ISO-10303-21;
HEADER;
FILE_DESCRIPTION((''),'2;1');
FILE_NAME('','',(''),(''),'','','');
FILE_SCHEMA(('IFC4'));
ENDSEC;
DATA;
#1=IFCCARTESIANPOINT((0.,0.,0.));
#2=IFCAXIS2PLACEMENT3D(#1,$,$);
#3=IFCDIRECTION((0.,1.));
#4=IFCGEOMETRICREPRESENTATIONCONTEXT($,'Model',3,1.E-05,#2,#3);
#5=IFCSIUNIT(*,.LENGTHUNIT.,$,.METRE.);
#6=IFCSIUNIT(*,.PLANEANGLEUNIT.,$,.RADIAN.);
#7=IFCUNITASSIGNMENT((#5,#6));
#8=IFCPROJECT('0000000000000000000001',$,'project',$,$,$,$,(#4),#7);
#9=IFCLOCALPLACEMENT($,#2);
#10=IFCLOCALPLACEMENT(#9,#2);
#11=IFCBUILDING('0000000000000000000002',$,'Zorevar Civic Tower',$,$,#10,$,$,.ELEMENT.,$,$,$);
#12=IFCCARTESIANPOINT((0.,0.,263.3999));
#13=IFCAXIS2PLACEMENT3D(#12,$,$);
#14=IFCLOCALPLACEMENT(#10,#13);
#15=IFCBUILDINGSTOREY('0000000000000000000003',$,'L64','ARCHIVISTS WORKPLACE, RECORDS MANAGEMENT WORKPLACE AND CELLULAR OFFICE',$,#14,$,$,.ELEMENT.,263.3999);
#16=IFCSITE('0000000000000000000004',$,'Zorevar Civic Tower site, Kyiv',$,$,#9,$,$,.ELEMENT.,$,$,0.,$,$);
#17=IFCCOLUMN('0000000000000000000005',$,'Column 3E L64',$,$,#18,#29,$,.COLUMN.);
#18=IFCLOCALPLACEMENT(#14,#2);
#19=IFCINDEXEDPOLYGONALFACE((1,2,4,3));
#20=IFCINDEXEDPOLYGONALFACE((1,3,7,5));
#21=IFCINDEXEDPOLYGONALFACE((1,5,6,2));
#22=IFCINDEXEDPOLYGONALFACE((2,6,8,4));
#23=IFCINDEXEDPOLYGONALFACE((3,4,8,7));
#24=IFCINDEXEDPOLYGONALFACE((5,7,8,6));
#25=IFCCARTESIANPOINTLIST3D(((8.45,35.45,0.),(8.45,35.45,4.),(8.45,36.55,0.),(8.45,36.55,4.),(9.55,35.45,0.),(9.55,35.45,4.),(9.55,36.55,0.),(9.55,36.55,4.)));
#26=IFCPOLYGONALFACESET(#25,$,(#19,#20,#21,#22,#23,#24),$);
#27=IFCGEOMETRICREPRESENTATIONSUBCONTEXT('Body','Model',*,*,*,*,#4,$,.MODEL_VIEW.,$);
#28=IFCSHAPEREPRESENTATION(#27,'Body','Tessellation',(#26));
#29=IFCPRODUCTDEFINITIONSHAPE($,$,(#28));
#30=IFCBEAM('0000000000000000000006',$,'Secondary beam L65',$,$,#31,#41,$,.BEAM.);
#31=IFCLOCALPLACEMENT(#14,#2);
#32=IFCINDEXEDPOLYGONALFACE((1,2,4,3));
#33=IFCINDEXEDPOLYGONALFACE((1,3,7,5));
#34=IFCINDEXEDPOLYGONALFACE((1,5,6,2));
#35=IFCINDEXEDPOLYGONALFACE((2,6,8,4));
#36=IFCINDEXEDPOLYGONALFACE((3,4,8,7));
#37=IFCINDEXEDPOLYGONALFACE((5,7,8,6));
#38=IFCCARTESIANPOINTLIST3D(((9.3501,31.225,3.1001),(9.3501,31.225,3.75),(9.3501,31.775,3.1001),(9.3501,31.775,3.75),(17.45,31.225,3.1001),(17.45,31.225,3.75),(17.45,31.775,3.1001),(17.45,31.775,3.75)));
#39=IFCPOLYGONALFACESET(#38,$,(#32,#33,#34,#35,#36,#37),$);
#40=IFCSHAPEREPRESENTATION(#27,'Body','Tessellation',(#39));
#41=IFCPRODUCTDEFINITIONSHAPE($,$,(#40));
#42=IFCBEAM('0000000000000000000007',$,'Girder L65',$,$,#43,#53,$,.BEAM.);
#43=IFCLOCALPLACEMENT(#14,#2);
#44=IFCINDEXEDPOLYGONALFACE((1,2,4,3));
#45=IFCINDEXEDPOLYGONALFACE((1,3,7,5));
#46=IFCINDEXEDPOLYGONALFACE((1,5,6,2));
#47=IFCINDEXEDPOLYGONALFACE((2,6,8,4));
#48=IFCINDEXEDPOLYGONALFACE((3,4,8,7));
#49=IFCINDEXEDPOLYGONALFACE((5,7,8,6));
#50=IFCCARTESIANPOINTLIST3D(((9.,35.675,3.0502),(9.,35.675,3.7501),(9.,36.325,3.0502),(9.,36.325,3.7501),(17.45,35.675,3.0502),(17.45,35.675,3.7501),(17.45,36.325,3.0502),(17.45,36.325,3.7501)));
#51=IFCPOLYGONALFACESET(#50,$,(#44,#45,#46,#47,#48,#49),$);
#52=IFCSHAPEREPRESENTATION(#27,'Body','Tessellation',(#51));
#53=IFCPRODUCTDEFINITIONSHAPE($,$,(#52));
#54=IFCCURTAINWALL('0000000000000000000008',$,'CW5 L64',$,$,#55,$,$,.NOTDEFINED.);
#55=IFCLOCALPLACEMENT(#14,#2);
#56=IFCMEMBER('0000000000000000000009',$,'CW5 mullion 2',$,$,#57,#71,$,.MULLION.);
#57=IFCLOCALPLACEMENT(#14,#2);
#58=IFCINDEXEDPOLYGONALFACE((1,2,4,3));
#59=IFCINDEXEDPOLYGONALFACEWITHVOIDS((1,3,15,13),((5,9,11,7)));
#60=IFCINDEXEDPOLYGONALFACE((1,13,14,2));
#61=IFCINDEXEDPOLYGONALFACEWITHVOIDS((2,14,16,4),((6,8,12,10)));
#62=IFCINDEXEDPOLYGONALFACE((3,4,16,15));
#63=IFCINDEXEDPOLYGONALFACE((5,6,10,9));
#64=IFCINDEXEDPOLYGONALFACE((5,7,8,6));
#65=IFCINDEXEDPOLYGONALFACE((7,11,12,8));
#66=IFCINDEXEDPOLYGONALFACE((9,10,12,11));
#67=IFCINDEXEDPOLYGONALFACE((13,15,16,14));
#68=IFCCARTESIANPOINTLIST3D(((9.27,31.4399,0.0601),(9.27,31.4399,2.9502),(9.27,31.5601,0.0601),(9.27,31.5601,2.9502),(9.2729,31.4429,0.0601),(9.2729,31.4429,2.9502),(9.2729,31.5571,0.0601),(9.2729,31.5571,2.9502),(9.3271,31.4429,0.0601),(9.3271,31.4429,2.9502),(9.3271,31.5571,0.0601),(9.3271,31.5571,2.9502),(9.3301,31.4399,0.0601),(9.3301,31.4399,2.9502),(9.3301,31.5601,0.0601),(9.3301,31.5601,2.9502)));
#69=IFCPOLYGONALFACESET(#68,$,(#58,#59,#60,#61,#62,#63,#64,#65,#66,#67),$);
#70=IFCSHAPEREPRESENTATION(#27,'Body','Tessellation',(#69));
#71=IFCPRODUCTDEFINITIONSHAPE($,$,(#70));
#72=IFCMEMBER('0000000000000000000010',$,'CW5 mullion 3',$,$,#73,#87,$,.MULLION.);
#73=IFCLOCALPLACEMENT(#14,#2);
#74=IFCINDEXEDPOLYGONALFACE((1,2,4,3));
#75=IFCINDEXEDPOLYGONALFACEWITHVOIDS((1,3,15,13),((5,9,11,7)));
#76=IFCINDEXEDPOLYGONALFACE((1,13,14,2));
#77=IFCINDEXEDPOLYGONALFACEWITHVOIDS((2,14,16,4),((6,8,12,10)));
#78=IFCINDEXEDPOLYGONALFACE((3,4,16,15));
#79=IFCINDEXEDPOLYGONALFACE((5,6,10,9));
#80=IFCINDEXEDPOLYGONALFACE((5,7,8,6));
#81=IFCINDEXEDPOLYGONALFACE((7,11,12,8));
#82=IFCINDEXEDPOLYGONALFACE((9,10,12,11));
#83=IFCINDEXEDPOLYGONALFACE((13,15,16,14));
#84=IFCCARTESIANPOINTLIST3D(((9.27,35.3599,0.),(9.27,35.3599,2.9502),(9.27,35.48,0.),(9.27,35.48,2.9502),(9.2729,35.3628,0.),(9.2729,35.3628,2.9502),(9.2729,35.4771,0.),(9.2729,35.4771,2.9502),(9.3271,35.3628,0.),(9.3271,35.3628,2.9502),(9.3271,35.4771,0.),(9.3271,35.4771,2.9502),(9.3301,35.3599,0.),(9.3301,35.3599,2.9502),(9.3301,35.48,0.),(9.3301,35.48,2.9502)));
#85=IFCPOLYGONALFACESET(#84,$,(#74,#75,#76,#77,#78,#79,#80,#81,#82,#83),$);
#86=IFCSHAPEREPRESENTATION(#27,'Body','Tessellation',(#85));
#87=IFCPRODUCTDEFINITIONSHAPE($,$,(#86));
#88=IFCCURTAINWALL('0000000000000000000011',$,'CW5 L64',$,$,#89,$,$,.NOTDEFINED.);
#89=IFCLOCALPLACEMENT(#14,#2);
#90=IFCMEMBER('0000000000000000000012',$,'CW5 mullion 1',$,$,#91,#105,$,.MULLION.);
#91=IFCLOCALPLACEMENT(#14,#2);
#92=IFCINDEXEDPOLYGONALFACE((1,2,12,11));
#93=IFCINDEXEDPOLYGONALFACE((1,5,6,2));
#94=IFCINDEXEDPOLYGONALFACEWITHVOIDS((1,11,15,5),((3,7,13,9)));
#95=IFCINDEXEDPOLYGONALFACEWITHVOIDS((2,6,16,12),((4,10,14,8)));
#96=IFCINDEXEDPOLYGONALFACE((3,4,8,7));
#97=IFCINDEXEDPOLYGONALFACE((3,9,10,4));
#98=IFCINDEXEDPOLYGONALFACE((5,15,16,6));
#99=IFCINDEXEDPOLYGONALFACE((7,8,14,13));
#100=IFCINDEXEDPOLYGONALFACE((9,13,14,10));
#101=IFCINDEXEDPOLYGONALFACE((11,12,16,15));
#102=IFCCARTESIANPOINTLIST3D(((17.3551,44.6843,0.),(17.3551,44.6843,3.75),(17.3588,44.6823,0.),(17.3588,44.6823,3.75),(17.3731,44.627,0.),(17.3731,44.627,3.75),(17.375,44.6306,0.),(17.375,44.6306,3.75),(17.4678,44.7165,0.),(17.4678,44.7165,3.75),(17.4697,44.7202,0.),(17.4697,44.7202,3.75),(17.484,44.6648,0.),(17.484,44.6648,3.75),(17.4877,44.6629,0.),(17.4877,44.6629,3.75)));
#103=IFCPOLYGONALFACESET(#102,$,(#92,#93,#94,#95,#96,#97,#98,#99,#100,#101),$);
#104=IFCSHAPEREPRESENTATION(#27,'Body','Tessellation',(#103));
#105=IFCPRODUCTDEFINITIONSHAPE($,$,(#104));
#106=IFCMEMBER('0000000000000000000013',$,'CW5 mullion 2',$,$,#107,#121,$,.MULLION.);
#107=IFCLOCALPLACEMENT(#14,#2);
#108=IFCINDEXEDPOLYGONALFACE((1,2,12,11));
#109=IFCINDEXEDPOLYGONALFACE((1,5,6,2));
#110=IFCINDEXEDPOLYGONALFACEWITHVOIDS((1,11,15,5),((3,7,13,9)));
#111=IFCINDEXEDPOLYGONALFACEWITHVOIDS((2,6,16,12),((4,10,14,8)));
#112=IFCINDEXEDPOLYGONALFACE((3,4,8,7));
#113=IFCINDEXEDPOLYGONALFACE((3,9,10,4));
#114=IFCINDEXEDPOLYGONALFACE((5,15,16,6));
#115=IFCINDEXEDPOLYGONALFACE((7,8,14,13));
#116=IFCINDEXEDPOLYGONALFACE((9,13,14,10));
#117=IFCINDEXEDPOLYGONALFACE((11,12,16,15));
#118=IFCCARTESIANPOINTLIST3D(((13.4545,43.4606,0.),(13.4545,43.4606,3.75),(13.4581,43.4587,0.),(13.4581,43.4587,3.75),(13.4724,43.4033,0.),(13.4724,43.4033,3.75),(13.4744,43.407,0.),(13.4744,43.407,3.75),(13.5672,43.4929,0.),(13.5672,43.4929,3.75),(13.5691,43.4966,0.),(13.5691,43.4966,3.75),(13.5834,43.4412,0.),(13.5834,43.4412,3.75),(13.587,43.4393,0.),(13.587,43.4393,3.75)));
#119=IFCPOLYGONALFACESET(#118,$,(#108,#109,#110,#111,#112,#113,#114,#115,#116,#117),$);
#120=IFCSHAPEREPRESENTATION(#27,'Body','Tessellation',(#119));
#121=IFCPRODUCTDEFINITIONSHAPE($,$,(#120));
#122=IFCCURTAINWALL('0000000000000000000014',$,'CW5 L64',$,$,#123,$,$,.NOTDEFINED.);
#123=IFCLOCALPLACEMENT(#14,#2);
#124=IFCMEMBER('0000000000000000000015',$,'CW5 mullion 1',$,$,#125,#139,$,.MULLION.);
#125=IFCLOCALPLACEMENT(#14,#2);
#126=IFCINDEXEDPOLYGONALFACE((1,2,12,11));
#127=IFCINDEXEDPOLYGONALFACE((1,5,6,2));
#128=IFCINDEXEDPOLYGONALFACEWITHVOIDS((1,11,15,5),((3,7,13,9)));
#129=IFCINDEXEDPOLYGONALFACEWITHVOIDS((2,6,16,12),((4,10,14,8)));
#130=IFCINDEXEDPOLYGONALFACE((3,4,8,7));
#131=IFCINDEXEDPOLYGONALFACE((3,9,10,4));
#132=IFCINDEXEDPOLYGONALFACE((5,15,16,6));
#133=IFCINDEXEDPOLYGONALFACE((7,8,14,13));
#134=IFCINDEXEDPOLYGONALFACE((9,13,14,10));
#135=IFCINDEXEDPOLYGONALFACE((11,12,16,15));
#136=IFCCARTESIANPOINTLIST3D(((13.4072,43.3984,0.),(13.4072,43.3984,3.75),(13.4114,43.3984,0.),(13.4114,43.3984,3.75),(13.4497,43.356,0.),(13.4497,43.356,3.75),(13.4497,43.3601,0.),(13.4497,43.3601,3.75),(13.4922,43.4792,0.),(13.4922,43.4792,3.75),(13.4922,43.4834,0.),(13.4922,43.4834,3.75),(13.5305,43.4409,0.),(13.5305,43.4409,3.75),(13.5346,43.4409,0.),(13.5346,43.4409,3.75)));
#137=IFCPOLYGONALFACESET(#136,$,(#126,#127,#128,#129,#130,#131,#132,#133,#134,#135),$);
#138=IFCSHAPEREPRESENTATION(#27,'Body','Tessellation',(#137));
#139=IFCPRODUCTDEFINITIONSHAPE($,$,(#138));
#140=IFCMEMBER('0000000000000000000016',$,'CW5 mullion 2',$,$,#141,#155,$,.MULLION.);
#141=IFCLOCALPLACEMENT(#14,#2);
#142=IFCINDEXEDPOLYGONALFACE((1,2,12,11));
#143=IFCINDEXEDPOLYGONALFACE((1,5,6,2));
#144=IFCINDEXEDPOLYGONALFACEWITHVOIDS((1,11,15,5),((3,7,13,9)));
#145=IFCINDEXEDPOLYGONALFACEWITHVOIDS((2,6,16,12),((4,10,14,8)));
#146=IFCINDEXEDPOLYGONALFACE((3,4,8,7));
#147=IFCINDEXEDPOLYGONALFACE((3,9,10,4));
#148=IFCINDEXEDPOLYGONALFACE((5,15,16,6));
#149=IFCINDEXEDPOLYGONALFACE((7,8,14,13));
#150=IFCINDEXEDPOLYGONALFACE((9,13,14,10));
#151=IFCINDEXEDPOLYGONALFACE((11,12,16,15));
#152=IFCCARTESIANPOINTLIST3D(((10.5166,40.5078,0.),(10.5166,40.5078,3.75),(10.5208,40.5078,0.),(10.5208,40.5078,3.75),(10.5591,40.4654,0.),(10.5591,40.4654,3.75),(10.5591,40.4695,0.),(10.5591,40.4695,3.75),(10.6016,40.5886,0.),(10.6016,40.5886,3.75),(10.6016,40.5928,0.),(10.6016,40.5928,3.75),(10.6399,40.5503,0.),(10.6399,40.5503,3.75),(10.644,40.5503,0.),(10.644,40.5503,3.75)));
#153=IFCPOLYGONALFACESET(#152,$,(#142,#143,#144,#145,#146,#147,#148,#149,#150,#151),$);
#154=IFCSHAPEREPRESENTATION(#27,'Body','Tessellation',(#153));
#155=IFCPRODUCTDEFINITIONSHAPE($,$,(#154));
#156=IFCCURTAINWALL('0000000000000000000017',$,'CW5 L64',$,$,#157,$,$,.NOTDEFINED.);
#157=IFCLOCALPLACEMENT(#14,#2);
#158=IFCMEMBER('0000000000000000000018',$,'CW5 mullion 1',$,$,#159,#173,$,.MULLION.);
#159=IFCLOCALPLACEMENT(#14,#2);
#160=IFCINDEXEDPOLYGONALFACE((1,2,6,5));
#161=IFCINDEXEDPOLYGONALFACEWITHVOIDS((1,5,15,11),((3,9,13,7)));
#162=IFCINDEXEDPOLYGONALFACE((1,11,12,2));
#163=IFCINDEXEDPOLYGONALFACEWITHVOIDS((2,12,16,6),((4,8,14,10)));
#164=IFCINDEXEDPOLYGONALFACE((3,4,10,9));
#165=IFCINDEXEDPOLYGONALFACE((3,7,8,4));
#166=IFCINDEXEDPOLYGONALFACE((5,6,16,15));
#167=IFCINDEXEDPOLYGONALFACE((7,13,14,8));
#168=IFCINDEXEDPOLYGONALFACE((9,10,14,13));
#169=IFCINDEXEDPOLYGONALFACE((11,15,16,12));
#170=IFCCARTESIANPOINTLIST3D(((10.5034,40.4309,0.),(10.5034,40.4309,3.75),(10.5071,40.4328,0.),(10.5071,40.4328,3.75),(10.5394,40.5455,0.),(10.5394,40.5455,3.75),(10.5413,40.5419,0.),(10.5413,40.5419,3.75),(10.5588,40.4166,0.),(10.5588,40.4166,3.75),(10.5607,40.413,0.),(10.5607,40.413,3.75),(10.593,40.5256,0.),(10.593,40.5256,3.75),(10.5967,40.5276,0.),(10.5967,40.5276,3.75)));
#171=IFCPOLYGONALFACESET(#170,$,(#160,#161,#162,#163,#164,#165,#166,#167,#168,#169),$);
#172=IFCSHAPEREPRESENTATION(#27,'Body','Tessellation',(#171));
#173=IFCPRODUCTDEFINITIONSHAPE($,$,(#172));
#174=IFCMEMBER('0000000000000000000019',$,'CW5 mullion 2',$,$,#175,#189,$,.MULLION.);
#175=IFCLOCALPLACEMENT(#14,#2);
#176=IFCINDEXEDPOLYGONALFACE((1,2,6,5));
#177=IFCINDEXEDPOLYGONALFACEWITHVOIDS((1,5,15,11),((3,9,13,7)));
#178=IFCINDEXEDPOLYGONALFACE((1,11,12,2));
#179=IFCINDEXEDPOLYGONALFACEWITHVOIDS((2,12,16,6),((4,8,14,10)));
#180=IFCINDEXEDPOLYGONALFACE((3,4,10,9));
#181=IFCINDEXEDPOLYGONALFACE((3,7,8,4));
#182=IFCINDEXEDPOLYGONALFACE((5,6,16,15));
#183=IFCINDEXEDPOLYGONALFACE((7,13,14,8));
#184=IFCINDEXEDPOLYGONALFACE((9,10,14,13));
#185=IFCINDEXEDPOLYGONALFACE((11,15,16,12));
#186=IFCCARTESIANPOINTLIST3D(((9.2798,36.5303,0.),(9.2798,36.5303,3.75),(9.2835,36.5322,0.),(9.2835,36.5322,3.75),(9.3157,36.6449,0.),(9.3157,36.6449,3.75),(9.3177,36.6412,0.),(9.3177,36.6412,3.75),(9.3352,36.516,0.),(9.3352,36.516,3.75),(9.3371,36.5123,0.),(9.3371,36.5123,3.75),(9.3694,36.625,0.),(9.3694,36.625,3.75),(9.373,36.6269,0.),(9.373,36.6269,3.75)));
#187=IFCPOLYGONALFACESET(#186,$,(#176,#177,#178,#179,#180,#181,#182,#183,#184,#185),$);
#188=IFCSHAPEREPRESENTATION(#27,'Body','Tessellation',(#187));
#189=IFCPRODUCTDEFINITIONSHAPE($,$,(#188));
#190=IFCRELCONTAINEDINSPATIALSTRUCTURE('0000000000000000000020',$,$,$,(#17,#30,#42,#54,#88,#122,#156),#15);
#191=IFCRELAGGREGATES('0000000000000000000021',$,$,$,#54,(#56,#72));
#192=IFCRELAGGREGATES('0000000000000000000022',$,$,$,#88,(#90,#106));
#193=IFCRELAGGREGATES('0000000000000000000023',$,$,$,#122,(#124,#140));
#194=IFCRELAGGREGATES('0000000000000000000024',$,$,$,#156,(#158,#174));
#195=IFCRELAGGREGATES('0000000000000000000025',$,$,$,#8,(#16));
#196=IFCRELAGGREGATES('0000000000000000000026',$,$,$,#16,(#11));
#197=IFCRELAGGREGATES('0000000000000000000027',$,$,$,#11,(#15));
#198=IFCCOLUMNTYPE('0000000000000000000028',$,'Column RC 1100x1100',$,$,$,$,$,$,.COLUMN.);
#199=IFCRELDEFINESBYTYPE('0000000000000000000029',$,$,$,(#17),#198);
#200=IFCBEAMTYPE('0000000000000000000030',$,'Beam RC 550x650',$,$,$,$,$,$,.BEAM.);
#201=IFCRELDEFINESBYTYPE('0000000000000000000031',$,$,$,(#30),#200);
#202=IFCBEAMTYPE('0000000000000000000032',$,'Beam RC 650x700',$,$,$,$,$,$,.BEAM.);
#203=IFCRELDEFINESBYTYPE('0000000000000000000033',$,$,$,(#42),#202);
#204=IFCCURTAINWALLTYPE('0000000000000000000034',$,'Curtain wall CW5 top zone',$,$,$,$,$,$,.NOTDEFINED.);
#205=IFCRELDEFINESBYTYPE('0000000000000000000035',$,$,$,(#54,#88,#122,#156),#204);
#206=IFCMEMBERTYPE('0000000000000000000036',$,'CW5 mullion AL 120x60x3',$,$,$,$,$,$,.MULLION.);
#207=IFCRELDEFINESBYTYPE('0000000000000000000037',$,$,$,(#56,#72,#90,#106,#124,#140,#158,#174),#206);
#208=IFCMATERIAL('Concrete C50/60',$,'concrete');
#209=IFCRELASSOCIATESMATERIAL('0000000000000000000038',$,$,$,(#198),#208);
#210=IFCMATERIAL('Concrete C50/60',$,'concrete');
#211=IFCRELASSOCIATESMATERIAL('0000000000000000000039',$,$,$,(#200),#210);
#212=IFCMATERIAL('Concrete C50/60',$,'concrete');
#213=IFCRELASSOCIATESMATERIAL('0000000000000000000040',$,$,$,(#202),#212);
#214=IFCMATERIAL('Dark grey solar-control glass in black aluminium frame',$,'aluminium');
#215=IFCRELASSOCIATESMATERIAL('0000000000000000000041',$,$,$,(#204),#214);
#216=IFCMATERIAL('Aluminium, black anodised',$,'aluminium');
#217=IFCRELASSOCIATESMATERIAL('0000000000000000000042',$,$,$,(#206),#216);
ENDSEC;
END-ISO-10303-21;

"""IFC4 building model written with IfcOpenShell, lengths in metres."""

from ifc_helpers import new_model, si_unit, direction, frame, origin, origin_2d, place, context, subcontext, project, spatial, rectangle, hollow_rectangle, extrude, material, material_profile, profile_set, type_object, element, aggregate, save


model = new_model("IFC4")

# Units and contexts
model_context = context("Model", 3, precision=1e-05, world=origin(), true_north=direction((0.0, 1.0)))
body_context = subcontext(model_context, "Body", "Model", "MODEL_VIEW")
ifc_project = project(units=[si_unit("LENGTHUNIT", "METRE"), si_unit("PLANEANGLEUNIT", "RADIAN")], contexts=[model_context])

# Site, building, storey
site_placement = place(None, origin())
site = spatial("IfcSite", under=ifc_project, at=site_placement, Name="Zorevar Civic Tower site, Kyiv", CompositionType="ELEMENT", RefElevation=0.0)
building_placement = place(site_placement, origin())
building = spatial("IfcBuilding", under=site, at=building_placement, Name="Zorevar Civic Tower", CompositionType="ELEMENT")
storey_placement = place(building_placement, frame((0.0, 0.0, 263.3999)))
storey = spatial("IfcBuildingStorey", under=building, at=storey_placement, Name="L64", Description="ARCHIVISTS WORKPLACE, RECORDS MANAGEMENT WORKPLACE AND CELLULAR OFFICE", CompositionType="ELEMENT", Elevation=263.3999)

# Column
ifc_material_1 = material(Name="Concrete C50/60", Category="concrete")
ifc_material_profile_1 = material_profile(ifc_material_1, rectangle(XDim=1.1001, YDim=1.1001, at=origin_2d()), Name="RC 1100x1100")
ifc_profile_set_1 = profile_set([ifc_material_profile_1], Name="Concrete C50/60")
column_type = type_object("IfcColumnType", Name="Column RC 1100x1100", PredefinedType="COLUMN", material=ifc_profile_set_1)
column_placement = place(storey_placement, frame((9.0, 36.0, 0.0), z_axis=(0.0, 0.0, 1.0), x_axis=(1.0, 0.0, 0.0)))
element("IfcColumn", 1, at=column_placement, inside=storey, type_object=column_type, Name="Column 3E L64", PredefinedType="COLUMN", context=body_context, shape_type="SweptSolid", body=[
    extrude(rectangle(XDim=1.1001, YDim=1.1001, at=origin_2d()), origin(), (0.0, 0.0, 1.0), 4.0),
])

# Beams
ifc_material_2 = material(Name="Concrete C50/60", Category="concrete")
ifc_material_profile_2 = material_profile(ifc_material_2, rectangle(XDim=0.55, YDim=0.6499, at=origin_2d()), Name="RC 550x650")
ifc_profile_set_2 = profile_set([ifc_material_profile_2], Name="Concrete C50/60")
beam_type_1 = type_object("IfcBeamType", Name="Beam RC 550x650", PredefinedType="BEAM", material=ifc_profile_set_2)
beam_1_placement = place(storey_placement, frame((9.3501, 31.5, 3.425), z_axis=(1.0, 0.0, 0.0), x_axis=(0.0, 1.0, 0.0)))
element("IfcBeam", 2, at=beam_1_placement, inside=storey, type_object=beam_type_1, Name="Secondary beam L65", PredefinedType="BEAM", context=body_context, shape_type="SweptSolid", body=[
    extrude(rectangle(XDim=0.55, YDim=0.6499, at=origin_2d()), origin(), (0.0, 0.0, 1.0), 8.0999),
])
ifc_material_3 = material(Name="Concrete C50/60", Category="concrete")
ifc_material_profile_3 = material_profile(ifc_material_3, rectangle(XDim=0.6499, YDim=0.7, at=origin_2d()), Name="RC 650x700")
ifc_profile_set_3 = profile_set([ifc_material_profile_3], Name="Concrete C50/60")
beam_type_2 = type_object("IfcBeamType", Name="Beam RC 650x700", PredefinedType="BEAM", material=ifc_profile_set_3)
beam_2_placement = place(storey_placement, frame((9.0, 36.0, 3.4001), z_axis=(1.0, 0.0, 0.0), x_axis=(0.0, 1.0, 0.0)))
element("IfcBeam", 3, at=beam_2_placement, inside=storey, type_object=beam_type_2, Name="Girder L65", PredefinedType="BEAM", context=body_context, shape_type="SweptSolid", body=[
    extrude(rectangle(XDim=0.6499, YDim=0.7, at=origin_2d()), origin(), (0.0, 0.0, 1.0), 8.45),
])

# Curtain walls, members
ifc_material_4 = material(Name="Dark grey solar-control glass in black aluminium frame", Category="aluminium")
curtain_wall_type = type_object("IfcCurtainWallType", Name="Curtain wall CW5 top zone", PredefinedType="NOTDEFINED", material=ifc_material_4)
curtain_wall_1_placement = place(storey_placement, origin())
curtain_wall_1 = element("IfcCurtainWall", 4, at=curtain_wall_1_placement, inside=storey, type_object=curtain_wall_type, Name="CW5 L64", PredefinedType="NOTDEFINED")
ifc_material_5 = material(Name="Aluminium, black anodised", Category="aluminium")
ifc_material_profile_4 = material_profile(ifc_material_5, hollow_rectangle(XDim=0.0601, YDim=0.1201, WallThickness=0.0029, at=origin_2d()), Name="AL 120x60x3")
ifc_profile_set_4 = profile_set([ifc_material_profile_4], Name="Aluminium, black anodised")
member_type_1 = type_object("IfcMemberType", Name="CW5 mullion AL 120x60x3", PredefinedType="MULLION", material=ifc_profile_set_4)
member_1_placement = place(storey_placement, frame((9.3, 31.5, 0.0601), z_axis=(0.0, 0.0, 1.0), x_axis=(-1.0, 0.0, 0.0)))
member_1 = element("IfcMember", 5, at=member_1_placement, type_object=member_type_1, Name="CW5 mullion 2", PredefinedType="MULLION", context=body_context, shape_type="SweptSolid", body=[
    extrude(hollow_rectangle(XDim=0.0601, YDim=0.1201, WallThickness=0.0029, at=origin_2d()), origin(), (0.0, 0.0, 1.0), 2.8901),
])
member_2_placement = place(storey_placement, frame((9.3, 35.4199, 0.0), z_axis=(0.0, 0.0, 1.0), x_axis=(-1.0, 0.0, 0.0)))
member_2 = element("IfcMember", 6, at=member_2_placement, type_object=member_type_1, Name="CW5 mullion 3", PredefinedType="MULLION", context=body_context, shape_type="SweptSolid", body=[
    extrude(hollow_rectangle(XDim=0.0601, YDim=0.1201, WallThickness=0.0029, at=origin_2d()), origin(), (0.0, 0.0, 1.0), 2.9502),
])
curtain_wall_2_placement = place(storey_placement, origin())
curtain_wall_2 = element("IfcCurtainWall", 7, at=curtain_wall_2_placement, inside=storey, type_object=curtain_wall_type, Name="CW5 L64", PredefinedType="NOTDEFINED")
member_3_placement = place(storey_placement, frame((17.4214, 44.6736, 0.0), z_axis=(0.0, 0.0, 1.0), x_axis=(0.299318, -0.954153, 0.0)))
member_3 = element("IfcMember", 8, at=member_3_placement, type_object=member_type_1, Name="CW5 mullion 1", PredefinedType="MULLION", context=body_context, shape_type="SweptSolid", body=[
    extrude(hollow_rectangle(XDim=0.0601, YDim=0.1201, WallThickness=0.0029, at=origin_2d()), origin(), (0.0, 0.0, 1.0), 3.75),
])
member_4_placement = place(storey_placement, frame((13.5208, 43.45, 0.0), z_axis=(0.0, 0.0, 1.0), x_axis=(0.299318, -0.954153, 0.0)))
member_4 = element("IfcMember", 9, at=member_4_placement, type_object=member_type_1, Name="CW5 mullion 2", PredefinedType="MULLION", context=body_context, shape_type="SweptSolid", body=[
    extrude(hollow_rectangle(XDim=0.0601, YDim=0.1201, WallThickness=0.0029, at=origin_2d()), origin(), (0.0, 0.0, 1.0), 3.75),
])
curtain_wall_3_placement = place(storey_placement, origin())
curtain_wall_3 = element("IfcCurtainWall", 10, at=curtain_wall_3_placement, inside=storey, type_object=curtain_wall_type, Name="CW5 L64", PredefinedType="NOTDEFINED")
member_5_placement = place(storey_placement, frame((13.4709, 43.4197, 0.0), z_axis=(0.0, 0.0, 1.0), x_axis=(0.707107, -0.707107, 0.0)))
member_5 = element("IfcMember", 11, at=member_5_placement, type_object=member_type_1, Name="CW5 mullion 1", PredefinedType="MULLION", context=body_context, shape_type="SweptSolid", body=[
    extrude(hollow_rectangle(XDim=0.0601, YDim=0.1201, WallThickness=0.0029, at=origin_2d()), origin(), (0.0, 0.0, 1.0), 3.75),
])
member_6_placement = place(storey_placement, frame((10.5803, 40.5291, 0.0), z_axis=(0.0, 0.0, 1.0), x_axis=(0.707107, -0.707107, 0.0)))
member_6 = element("IfcMember", 12, at=member_6_placement, type_object=member_type_1, Name="CW5 mullion 2", PredefinedType="MULLION", context=body_context, shape_type="SweptSolid", body=[
    extrude(hollow_rectangle(XDim=0.0601, YDim=0.1201, WallThickness=0.0029, at=origin_2d()), origin(), (0.0, 0.0, 1.0), 3.75),
])
curtain_wall_4_placement = place(storey_placement, origin())
curtain_wall_4 = element("IfcCurtainWall", 13, at=curtain_wall_4_placement, inside=storey, type_object=curtain_wall_type, Name="CW5 L64", PredefinedType="NOTDEFINED")
member_7_placement = place(storey_placement, frame((10.55, 40.4792, 0.0), z_axis=(0.0, 0.0, 1.0), x_axis=(0.954153, -0.299318, 0.0)))
member_7 = element("IfcMember", 14, at=member_7_placement, type_object=member_type_1, Name="CW5 mullion 1", PredefinedType="MULLION", context=body_context, shape_type="SweptSolid", body=[
    extrude(hollow_rectangle(XDim=0.0601, YDim=0.1201, WallThickness=0.0029, at=origin_2d()), origin(), (0.0, 0.0, 1.0), 3.75),
])
member_8_placement = place(storey_placement, frame((9.3264, 36.5786, 0.0), z_axis=(0.0, 0.0, 1.0), x_axis=(0.954153, -0.299318, 0.0)))
member_8 = element("IfcMember", 15, at=member_8_placement, type_object=member_type_1, Name="CW5 mullion 2", PredefinedType="MULLION", context=body_context, shape_type="SweptSolid", body=[
    extrude(hollow_rectangle(XDim=0.0601, YDim=0.1201, WallThickness=0.0029, at=origin_2d()), origin(), (0.0, 0.0, 1.0), 3.75),
])

aggregate(curtain_wall_1, [member_1, member_2])
aggregate(curtain_wall_2, [member_3, member_4])
aggregate(curtain_wall_3, [member_5, member_6])
aggregate(curtain_wall_4, [member_7, member_8])

save(model, "model.ifc")
